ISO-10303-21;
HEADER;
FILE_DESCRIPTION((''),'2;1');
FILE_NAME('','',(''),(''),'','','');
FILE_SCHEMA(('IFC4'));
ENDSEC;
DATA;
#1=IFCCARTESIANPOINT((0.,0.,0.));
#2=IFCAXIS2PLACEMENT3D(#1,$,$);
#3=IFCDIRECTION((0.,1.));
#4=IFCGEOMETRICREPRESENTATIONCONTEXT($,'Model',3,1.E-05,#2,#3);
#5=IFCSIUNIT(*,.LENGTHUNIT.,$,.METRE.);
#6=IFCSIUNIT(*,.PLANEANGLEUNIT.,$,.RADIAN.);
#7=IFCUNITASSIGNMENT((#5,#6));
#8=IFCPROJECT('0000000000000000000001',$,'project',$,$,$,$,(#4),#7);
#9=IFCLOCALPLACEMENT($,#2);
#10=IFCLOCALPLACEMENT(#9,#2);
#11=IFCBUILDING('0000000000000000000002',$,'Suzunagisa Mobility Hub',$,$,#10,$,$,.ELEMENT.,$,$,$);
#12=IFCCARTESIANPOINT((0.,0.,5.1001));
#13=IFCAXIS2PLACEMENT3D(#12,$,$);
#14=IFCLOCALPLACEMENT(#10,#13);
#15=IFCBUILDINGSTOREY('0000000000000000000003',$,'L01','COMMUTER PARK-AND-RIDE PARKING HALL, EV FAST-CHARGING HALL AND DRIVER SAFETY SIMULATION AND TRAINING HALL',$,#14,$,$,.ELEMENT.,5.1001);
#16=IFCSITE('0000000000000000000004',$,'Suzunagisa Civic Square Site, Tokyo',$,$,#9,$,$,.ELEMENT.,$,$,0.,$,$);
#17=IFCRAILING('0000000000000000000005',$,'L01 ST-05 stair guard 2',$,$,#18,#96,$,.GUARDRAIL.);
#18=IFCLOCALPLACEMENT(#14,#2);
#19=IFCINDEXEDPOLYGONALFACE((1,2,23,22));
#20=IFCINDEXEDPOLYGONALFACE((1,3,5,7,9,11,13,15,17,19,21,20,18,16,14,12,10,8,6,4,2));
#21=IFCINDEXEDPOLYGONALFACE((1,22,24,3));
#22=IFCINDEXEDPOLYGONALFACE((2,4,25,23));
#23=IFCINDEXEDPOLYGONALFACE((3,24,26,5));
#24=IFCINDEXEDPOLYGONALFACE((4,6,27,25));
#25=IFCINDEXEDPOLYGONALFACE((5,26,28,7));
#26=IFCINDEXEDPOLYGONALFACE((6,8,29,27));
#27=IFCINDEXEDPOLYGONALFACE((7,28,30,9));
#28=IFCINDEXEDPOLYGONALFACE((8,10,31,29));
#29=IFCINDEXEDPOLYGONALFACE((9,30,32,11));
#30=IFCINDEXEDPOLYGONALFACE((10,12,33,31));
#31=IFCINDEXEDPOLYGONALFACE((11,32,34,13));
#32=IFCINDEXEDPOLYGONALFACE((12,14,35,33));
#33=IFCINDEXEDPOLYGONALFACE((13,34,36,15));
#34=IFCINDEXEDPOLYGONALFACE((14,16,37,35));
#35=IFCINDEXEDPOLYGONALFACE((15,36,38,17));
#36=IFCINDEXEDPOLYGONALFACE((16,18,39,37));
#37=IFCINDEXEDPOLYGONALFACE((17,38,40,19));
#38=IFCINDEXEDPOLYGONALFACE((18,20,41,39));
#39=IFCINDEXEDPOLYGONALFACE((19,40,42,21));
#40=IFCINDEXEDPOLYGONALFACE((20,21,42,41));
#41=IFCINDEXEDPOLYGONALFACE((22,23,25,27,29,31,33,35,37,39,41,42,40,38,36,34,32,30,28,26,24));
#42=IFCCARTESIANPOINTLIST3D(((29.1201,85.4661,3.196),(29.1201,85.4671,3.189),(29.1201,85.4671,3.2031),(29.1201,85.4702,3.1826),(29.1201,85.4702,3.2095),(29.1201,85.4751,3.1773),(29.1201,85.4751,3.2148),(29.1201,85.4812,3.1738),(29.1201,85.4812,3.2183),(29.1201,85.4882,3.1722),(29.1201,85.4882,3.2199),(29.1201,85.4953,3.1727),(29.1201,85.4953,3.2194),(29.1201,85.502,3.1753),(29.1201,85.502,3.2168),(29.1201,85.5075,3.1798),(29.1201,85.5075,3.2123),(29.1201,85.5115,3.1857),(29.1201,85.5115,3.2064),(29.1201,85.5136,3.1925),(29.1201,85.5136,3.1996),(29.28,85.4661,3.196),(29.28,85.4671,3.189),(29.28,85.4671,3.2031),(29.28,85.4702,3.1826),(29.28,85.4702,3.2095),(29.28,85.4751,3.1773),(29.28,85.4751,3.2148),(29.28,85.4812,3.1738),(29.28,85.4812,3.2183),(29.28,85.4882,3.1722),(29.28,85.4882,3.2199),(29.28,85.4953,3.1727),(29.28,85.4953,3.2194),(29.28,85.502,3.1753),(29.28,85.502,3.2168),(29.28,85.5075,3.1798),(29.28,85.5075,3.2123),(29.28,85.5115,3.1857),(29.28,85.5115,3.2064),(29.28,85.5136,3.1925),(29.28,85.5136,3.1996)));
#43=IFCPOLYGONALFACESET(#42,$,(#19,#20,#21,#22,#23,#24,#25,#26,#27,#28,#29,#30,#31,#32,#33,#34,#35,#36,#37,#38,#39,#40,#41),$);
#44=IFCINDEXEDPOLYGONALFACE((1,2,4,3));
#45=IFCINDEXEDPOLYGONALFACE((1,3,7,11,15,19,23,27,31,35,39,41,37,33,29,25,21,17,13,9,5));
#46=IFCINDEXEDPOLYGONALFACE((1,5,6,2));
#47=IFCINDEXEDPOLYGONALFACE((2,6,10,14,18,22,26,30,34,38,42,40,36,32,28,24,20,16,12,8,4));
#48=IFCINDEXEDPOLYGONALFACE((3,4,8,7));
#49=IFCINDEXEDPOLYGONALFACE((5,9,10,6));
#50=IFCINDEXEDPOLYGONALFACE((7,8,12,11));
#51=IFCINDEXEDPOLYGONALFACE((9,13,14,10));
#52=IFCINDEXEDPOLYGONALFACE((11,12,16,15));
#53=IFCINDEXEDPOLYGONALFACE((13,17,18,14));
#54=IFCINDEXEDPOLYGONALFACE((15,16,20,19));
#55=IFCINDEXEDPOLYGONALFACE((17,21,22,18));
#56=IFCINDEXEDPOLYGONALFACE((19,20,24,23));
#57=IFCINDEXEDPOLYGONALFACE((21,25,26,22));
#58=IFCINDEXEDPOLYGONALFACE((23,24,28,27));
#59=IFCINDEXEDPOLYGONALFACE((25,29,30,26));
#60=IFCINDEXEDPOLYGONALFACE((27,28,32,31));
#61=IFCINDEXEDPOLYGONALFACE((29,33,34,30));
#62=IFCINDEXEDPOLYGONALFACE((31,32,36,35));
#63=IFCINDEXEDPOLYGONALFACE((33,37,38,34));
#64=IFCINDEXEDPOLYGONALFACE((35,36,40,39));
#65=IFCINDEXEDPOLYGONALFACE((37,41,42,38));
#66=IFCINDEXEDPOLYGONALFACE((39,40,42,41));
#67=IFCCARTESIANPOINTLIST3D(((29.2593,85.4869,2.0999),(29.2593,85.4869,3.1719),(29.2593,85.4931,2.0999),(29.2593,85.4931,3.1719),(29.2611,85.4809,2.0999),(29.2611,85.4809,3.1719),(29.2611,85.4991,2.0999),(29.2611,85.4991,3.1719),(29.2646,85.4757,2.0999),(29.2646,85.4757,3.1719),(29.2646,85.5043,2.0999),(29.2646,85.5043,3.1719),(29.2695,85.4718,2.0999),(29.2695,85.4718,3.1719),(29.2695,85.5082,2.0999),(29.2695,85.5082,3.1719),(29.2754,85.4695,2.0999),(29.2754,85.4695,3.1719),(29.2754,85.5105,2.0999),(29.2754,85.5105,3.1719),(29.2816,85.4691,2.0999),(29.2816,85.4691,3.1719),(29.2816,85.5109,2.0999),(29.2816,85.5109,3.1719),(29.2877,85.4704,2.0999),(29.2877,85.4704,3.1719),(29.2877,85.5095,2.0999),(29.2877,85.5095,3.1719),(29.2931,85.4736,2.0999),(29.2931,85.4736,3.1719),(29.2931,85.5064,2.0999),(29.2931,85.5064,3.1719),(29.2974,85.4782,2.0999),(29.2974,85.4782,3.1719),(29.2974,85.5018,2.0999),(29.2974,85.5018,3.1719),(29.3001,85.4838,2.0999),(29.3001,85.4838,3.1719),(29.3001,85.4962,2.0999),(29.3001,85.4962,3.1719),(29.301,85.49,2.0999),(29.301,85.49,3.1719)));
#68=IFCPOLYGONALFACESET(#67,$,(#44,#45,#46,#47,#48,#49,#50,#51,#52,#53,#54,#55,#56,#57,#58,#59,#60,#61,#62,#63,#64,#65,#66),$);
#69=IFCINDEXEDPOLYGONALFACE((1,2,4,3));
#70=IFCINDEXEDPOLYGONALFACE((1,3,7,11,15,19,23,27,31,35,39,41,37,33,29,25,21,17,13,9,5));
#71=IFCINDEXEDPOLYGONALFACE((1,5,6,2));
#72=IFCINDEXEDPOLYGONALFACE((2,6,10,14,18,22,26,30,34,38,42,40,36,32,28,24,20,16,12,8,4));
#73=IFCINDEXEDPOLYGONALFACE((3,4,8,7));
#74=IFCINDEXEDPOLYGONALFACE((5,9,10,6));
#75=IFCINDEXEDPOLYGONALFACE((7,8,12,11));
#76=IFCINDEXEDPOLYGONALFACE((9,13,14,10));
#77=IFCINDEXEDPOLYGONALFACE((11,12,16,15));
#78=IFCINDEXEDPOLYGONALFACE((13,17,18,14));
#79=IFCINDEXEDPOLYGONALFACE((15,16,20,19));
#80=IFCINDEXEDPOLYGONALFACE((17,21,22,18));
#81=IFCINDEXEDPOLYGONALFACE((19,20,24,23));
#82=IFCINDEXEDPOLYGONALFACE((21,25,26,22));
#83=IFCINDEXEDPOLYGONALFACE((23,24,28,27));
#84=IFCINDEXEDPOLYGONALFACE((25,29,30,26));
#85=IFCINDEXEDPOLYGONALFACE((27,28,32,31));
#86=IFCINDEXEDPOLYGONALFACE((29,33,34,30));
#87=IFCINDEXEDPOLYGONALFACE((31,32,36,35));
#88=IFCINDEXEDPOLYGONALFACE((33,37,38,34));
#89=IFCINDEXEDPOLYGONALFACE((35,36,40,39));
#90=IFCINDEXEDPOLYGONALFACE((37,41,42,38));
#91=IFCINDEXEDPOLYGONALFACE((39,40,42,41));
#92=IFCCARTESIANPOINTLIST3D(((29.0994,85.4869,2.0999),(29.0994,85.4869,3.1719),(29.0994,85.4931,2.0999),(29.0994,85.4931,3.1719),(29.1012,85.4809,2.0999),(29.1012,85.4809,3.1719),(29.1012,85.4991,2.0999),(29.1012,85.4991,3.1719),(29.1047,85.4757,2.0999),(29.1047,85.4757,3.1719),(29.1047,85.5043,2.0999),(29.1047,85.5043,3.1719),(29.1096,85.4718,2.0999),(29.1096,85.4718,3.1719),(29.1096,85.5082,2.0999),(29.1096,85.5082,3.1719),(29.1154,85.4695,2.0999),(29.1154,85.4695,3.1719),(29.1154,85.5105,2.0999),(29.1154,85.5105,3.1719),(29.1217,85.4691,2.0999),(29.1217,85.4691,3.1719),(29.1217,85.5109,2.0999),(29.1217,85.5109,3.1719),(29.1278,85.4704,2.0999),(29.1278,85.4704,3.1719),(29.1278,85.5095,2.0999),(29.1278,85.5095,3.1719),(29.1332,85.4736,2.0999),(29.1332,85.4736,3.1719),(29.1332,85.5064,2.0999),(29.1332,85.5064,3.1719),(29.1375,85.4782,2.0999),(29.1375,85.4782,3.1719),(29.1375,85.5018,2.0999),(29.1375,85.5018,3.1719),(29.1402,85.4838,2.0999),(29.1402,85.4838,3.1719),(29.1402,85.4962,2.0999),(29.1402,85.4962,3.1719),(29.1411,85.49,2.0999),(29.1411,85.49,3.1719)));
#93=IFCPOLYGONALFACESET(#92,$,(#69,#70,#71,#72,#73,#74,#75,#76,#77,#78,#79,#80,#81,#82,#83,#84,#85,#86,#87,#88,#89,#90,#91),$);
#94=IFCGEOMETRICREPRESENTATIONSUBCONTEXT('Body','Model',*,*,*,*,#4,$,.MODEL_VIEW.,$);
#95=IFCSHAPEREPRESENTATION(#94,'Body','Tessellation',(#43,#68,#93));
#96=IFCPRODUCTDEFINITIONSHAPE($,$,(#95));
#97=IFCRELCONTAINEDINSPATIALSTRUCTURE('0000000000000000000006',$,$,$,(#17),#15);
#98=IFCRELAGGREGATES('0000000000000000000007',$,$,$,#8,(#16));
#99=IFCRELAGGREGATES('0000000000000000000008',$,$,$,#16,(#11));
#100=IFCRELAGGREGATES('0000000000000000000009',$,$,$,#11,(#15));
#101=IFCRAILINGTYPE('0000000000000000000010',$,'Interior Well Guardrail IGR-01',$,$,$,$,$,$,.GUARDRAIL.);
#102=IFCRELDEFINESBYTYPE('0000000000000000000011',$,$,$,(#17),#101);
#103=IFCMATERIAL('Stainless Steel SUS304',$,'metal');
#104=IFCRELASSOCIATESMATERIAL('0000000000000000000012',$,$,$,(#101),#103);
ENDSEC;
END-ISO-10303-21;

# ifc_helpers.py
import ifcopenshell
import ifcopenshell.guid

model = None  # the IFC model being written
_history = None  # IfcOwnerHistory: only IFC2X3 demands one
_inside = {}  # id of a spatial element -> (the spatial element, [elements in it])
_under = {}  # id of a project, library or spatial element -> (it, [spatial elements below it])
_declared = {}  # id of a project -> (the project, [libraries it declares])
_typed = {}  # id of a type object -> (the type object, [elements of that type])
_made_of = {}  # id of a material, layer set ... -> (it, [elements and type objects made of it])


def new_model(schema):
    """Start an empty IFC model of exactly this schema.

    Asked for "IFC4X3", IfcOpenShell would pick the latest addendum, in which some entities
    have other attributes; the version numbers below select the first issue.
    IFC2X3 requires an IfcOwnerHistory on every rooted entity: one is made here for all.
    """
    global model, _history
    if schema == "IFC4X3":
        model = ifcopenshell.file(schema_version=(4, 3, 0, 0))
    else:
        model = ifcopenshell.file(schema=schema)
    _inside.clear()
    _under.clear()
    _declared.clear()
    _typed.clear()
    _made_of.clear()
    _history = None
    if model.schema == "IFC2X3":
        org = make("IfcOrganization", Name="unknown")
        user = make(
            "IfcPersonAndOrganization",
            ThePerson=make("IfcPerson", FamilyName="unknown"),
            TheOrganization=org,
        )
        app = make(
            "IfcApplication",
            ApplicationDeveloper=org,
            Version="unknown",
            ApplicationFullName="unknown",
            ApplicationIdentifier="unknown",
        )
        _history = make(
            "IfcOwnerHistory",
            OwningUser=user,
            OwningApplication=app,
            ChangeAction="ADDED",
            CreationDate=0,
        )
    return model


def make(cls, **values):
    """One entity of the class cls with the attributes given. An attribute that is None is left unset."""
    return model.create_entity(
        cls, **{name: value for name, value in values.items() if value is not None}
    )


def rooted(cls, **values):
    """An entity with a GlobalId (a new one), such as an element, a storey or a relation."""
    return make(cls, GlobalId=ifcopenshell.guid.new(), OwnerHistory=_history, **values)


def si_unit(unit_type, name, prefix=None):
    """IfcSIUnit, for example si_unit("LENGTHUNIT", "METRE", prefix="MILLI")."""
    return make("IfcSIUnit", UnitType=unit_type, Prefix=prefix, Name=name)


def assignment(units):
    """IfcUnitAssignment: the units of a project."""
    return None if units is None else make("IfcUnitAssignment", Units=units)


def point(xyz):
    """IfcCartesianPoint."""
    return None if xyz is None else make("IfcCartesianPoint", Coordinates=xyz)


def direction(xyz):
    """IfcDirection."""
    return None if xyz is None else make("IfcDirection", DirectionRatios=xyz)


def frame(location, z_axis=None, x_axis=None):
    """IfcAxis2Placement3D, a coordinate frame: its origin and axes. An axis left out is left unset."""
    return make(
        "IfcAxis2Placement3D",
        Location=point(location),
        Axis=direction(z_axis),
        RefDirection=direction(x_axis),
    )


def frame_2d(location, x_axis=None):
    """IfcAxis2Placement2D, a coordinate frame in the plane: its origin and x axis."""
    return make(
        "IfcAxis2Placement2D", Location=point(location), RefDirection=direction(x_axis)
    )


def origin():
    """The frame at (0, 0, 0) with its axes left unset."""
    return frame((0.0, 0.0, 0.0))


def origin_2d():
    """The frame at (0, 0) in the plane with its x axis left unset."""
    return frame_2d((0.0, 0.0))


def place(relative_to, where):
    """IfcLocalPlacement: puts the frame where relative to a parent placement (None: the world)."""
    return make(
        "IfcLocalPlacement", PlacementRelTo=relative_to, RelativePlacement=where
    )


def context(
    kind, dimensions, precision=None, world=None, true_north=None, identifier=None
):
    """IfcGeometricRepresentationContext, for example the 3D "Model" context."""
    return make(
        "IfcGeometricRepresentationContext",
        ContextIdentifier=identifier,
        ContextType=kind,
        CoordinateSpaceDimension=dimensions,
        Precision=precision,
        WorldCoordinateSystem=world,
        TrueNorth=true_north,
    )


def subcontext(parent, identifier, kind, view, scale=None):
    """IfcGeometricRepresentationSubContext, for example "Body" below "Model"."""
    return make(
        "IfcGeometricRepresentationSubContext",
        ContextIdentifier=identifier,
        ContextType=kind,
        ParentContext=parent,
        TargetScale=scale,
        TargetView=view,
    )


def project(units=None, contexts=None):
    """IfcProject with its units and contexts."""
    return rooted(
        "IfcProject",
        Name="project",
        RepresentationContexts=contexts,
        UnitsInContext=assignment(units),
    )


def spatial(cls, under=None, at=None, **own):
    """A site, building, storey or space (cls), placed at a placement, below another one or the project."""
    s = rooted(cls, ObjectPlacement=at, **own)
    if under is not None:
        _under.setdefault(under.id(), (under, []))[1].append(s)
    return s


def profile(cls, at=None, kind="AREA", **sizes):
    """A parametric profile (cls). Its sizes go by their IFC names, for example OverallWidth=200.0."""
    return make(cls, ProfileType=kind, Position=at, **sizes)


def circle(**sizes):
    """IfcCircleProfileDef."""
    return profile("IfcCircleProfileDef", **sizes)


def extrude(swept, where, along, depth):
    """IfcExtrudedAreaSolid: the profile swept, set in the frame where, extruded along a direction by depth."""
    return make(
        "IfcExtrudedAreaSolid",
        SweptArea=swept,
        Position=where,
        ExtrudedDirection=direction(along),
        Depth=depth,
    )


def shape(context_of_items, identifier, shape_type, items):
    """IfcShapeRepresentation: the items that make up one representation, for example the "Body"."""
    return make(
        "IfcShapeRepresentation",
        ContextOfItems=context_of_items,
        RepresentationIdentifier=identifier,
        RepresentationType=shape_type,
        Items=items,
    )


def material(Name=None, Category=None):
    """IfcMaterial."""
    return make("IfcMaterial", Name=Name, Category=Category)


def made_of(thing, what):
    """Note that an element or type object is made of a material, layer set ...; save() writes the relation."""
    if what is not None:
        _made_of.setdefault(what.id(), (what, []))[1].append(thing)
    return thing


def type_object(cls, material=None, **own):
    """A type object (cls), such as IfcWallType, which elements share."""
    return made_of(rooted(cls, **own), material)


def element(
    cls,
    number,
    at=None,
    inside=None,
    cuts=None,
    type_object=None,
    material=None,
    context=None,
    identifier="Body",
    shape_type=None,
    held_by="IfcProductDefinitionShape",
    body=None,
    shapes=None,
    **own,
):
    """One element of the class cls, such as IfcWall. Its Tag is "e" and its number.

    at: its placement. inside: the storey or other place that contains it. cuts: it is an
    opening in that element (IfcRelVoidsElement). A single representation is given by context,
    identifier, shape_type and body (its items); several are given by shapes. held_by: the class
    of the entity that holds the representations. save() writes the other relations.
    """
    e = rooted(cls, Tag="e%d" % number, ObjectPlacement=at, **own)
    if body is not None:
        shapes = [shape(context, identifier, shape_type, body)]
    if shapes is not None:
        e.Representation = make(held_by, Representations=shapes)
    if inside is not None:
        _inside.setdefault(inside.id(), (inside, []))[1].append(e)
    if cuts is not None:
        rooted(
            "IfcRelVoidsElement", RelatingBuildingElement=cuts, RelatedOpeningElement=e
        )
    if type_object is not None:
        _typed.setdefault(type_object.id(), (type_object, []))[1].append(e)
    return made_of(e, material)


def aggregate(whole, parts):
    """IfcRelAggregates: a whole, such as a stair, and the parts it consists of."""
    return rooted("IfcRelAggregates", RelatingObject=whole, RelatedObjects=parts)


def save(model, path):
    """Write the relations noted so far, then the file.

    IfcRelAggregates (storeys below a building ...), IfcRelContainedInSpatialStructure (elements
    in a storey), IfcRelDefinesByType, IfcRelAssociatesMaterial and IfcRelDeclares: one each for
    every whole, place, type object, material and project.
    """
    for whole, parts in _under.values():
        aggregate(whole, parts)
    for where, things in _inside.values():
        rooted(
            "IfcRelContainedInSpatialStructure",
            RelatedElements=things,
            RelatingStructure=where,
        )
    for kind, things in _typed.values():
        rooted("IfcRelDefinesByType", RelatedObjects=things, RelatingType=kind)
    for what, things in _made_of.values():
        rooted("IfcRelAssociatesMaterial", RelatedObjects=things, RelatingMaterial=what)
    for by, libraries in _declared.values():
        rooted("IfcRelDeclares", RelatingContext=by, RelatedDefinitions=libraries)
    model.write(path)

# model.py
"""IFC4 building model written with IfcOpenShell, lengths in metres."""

from ifc_helpers import new_model, si_unit, direction, frame, origin, origin_2d, place, context, subcontext, project, spatial, circle, extrude, material, type_object, element, save


model = new_model("IFC4")

# Units and contexts
model_context = context("Model", 3, precision=1e-05, world=origin(), true_north=direction((0.0, 1.0)))
body_context = subcontext(model_context, "Body", "Model", "MODEL_VIEW")
ifc_project = project(units=[si_unit("LENGTHUNIT", "METRE"), si_unit("PLANEANGLEUNIT", "RADIAN")], contexts=[model_context])

# Site, building, storey
site_placement = place(None, origin())
site = spatial("IfcSite", under=ifc_project, at=site_placement, Name="Suzunagisa Civic Square Site, Tokyo", CompositionType="ELEMENT", RefElevation=0.0)
building_placement = place(site_placement, origin())
building = spatial("IfcBuilding", under=site, at=building_placement, Name="Suzunagisa Mobility Hub", CompositionType="ELEMENT")
storey_placement = place(building_placement, frame((0.0, 0.0, 5.1001)))
storey = spatial("IfcBuildingStorey", under=building, at=storey_placement, Name="L01", Description="COMMUTER PARK-AND-RIDE PARKING HALL, EV FAST-CHARGING HALL AND DRIVER SAFETY SIMULATION AND TRAINING HALL", CompositionType="ELEMENT", Elevation=5.1001)

# Railing
ifc_material_1 = material(Name="Stainless Steel SUS304", Category="metal")
railing_type_1 = type_object("IfcRailingType", Name="Interior Well Guardrail IGR-01", PredefinedType="GUARDRAIL", material=ifc_material_1)
railing_1_placement = place(storey_placement, frame((29.28, 85.49, 2.0999)))
element("IfcRailing", 1, at=railing_1_placement, inside=storey, type_object=railing_type_1, Name="L01 ST-05 stair guard 2", PredefinedType="GUARDRAIL", context=body_context, shape_type="SweptSolid", body=[
    extrude(circle(Radius=0.0239, at=origin_2d()), frame((0.0, 0.0, 1.0962), z_axis=(-1.0, 0.0, 0.0), x_axis=(0.0, -1.0, 0.0)), (0.0, 0.0, 1.0), 0.1599),
    extrude(circle(Radius=0.021, at=origin_2d()), origin(), (0.0, 0.0, 1.0), 1.072),
    extrude(circle(Radius=0.021, at=origin_2d()), frame((-0.1599, 0.0, 0.0)), (0.0, 0.0, 1.0), 1.072),
])

save(model, "model.ifc")
